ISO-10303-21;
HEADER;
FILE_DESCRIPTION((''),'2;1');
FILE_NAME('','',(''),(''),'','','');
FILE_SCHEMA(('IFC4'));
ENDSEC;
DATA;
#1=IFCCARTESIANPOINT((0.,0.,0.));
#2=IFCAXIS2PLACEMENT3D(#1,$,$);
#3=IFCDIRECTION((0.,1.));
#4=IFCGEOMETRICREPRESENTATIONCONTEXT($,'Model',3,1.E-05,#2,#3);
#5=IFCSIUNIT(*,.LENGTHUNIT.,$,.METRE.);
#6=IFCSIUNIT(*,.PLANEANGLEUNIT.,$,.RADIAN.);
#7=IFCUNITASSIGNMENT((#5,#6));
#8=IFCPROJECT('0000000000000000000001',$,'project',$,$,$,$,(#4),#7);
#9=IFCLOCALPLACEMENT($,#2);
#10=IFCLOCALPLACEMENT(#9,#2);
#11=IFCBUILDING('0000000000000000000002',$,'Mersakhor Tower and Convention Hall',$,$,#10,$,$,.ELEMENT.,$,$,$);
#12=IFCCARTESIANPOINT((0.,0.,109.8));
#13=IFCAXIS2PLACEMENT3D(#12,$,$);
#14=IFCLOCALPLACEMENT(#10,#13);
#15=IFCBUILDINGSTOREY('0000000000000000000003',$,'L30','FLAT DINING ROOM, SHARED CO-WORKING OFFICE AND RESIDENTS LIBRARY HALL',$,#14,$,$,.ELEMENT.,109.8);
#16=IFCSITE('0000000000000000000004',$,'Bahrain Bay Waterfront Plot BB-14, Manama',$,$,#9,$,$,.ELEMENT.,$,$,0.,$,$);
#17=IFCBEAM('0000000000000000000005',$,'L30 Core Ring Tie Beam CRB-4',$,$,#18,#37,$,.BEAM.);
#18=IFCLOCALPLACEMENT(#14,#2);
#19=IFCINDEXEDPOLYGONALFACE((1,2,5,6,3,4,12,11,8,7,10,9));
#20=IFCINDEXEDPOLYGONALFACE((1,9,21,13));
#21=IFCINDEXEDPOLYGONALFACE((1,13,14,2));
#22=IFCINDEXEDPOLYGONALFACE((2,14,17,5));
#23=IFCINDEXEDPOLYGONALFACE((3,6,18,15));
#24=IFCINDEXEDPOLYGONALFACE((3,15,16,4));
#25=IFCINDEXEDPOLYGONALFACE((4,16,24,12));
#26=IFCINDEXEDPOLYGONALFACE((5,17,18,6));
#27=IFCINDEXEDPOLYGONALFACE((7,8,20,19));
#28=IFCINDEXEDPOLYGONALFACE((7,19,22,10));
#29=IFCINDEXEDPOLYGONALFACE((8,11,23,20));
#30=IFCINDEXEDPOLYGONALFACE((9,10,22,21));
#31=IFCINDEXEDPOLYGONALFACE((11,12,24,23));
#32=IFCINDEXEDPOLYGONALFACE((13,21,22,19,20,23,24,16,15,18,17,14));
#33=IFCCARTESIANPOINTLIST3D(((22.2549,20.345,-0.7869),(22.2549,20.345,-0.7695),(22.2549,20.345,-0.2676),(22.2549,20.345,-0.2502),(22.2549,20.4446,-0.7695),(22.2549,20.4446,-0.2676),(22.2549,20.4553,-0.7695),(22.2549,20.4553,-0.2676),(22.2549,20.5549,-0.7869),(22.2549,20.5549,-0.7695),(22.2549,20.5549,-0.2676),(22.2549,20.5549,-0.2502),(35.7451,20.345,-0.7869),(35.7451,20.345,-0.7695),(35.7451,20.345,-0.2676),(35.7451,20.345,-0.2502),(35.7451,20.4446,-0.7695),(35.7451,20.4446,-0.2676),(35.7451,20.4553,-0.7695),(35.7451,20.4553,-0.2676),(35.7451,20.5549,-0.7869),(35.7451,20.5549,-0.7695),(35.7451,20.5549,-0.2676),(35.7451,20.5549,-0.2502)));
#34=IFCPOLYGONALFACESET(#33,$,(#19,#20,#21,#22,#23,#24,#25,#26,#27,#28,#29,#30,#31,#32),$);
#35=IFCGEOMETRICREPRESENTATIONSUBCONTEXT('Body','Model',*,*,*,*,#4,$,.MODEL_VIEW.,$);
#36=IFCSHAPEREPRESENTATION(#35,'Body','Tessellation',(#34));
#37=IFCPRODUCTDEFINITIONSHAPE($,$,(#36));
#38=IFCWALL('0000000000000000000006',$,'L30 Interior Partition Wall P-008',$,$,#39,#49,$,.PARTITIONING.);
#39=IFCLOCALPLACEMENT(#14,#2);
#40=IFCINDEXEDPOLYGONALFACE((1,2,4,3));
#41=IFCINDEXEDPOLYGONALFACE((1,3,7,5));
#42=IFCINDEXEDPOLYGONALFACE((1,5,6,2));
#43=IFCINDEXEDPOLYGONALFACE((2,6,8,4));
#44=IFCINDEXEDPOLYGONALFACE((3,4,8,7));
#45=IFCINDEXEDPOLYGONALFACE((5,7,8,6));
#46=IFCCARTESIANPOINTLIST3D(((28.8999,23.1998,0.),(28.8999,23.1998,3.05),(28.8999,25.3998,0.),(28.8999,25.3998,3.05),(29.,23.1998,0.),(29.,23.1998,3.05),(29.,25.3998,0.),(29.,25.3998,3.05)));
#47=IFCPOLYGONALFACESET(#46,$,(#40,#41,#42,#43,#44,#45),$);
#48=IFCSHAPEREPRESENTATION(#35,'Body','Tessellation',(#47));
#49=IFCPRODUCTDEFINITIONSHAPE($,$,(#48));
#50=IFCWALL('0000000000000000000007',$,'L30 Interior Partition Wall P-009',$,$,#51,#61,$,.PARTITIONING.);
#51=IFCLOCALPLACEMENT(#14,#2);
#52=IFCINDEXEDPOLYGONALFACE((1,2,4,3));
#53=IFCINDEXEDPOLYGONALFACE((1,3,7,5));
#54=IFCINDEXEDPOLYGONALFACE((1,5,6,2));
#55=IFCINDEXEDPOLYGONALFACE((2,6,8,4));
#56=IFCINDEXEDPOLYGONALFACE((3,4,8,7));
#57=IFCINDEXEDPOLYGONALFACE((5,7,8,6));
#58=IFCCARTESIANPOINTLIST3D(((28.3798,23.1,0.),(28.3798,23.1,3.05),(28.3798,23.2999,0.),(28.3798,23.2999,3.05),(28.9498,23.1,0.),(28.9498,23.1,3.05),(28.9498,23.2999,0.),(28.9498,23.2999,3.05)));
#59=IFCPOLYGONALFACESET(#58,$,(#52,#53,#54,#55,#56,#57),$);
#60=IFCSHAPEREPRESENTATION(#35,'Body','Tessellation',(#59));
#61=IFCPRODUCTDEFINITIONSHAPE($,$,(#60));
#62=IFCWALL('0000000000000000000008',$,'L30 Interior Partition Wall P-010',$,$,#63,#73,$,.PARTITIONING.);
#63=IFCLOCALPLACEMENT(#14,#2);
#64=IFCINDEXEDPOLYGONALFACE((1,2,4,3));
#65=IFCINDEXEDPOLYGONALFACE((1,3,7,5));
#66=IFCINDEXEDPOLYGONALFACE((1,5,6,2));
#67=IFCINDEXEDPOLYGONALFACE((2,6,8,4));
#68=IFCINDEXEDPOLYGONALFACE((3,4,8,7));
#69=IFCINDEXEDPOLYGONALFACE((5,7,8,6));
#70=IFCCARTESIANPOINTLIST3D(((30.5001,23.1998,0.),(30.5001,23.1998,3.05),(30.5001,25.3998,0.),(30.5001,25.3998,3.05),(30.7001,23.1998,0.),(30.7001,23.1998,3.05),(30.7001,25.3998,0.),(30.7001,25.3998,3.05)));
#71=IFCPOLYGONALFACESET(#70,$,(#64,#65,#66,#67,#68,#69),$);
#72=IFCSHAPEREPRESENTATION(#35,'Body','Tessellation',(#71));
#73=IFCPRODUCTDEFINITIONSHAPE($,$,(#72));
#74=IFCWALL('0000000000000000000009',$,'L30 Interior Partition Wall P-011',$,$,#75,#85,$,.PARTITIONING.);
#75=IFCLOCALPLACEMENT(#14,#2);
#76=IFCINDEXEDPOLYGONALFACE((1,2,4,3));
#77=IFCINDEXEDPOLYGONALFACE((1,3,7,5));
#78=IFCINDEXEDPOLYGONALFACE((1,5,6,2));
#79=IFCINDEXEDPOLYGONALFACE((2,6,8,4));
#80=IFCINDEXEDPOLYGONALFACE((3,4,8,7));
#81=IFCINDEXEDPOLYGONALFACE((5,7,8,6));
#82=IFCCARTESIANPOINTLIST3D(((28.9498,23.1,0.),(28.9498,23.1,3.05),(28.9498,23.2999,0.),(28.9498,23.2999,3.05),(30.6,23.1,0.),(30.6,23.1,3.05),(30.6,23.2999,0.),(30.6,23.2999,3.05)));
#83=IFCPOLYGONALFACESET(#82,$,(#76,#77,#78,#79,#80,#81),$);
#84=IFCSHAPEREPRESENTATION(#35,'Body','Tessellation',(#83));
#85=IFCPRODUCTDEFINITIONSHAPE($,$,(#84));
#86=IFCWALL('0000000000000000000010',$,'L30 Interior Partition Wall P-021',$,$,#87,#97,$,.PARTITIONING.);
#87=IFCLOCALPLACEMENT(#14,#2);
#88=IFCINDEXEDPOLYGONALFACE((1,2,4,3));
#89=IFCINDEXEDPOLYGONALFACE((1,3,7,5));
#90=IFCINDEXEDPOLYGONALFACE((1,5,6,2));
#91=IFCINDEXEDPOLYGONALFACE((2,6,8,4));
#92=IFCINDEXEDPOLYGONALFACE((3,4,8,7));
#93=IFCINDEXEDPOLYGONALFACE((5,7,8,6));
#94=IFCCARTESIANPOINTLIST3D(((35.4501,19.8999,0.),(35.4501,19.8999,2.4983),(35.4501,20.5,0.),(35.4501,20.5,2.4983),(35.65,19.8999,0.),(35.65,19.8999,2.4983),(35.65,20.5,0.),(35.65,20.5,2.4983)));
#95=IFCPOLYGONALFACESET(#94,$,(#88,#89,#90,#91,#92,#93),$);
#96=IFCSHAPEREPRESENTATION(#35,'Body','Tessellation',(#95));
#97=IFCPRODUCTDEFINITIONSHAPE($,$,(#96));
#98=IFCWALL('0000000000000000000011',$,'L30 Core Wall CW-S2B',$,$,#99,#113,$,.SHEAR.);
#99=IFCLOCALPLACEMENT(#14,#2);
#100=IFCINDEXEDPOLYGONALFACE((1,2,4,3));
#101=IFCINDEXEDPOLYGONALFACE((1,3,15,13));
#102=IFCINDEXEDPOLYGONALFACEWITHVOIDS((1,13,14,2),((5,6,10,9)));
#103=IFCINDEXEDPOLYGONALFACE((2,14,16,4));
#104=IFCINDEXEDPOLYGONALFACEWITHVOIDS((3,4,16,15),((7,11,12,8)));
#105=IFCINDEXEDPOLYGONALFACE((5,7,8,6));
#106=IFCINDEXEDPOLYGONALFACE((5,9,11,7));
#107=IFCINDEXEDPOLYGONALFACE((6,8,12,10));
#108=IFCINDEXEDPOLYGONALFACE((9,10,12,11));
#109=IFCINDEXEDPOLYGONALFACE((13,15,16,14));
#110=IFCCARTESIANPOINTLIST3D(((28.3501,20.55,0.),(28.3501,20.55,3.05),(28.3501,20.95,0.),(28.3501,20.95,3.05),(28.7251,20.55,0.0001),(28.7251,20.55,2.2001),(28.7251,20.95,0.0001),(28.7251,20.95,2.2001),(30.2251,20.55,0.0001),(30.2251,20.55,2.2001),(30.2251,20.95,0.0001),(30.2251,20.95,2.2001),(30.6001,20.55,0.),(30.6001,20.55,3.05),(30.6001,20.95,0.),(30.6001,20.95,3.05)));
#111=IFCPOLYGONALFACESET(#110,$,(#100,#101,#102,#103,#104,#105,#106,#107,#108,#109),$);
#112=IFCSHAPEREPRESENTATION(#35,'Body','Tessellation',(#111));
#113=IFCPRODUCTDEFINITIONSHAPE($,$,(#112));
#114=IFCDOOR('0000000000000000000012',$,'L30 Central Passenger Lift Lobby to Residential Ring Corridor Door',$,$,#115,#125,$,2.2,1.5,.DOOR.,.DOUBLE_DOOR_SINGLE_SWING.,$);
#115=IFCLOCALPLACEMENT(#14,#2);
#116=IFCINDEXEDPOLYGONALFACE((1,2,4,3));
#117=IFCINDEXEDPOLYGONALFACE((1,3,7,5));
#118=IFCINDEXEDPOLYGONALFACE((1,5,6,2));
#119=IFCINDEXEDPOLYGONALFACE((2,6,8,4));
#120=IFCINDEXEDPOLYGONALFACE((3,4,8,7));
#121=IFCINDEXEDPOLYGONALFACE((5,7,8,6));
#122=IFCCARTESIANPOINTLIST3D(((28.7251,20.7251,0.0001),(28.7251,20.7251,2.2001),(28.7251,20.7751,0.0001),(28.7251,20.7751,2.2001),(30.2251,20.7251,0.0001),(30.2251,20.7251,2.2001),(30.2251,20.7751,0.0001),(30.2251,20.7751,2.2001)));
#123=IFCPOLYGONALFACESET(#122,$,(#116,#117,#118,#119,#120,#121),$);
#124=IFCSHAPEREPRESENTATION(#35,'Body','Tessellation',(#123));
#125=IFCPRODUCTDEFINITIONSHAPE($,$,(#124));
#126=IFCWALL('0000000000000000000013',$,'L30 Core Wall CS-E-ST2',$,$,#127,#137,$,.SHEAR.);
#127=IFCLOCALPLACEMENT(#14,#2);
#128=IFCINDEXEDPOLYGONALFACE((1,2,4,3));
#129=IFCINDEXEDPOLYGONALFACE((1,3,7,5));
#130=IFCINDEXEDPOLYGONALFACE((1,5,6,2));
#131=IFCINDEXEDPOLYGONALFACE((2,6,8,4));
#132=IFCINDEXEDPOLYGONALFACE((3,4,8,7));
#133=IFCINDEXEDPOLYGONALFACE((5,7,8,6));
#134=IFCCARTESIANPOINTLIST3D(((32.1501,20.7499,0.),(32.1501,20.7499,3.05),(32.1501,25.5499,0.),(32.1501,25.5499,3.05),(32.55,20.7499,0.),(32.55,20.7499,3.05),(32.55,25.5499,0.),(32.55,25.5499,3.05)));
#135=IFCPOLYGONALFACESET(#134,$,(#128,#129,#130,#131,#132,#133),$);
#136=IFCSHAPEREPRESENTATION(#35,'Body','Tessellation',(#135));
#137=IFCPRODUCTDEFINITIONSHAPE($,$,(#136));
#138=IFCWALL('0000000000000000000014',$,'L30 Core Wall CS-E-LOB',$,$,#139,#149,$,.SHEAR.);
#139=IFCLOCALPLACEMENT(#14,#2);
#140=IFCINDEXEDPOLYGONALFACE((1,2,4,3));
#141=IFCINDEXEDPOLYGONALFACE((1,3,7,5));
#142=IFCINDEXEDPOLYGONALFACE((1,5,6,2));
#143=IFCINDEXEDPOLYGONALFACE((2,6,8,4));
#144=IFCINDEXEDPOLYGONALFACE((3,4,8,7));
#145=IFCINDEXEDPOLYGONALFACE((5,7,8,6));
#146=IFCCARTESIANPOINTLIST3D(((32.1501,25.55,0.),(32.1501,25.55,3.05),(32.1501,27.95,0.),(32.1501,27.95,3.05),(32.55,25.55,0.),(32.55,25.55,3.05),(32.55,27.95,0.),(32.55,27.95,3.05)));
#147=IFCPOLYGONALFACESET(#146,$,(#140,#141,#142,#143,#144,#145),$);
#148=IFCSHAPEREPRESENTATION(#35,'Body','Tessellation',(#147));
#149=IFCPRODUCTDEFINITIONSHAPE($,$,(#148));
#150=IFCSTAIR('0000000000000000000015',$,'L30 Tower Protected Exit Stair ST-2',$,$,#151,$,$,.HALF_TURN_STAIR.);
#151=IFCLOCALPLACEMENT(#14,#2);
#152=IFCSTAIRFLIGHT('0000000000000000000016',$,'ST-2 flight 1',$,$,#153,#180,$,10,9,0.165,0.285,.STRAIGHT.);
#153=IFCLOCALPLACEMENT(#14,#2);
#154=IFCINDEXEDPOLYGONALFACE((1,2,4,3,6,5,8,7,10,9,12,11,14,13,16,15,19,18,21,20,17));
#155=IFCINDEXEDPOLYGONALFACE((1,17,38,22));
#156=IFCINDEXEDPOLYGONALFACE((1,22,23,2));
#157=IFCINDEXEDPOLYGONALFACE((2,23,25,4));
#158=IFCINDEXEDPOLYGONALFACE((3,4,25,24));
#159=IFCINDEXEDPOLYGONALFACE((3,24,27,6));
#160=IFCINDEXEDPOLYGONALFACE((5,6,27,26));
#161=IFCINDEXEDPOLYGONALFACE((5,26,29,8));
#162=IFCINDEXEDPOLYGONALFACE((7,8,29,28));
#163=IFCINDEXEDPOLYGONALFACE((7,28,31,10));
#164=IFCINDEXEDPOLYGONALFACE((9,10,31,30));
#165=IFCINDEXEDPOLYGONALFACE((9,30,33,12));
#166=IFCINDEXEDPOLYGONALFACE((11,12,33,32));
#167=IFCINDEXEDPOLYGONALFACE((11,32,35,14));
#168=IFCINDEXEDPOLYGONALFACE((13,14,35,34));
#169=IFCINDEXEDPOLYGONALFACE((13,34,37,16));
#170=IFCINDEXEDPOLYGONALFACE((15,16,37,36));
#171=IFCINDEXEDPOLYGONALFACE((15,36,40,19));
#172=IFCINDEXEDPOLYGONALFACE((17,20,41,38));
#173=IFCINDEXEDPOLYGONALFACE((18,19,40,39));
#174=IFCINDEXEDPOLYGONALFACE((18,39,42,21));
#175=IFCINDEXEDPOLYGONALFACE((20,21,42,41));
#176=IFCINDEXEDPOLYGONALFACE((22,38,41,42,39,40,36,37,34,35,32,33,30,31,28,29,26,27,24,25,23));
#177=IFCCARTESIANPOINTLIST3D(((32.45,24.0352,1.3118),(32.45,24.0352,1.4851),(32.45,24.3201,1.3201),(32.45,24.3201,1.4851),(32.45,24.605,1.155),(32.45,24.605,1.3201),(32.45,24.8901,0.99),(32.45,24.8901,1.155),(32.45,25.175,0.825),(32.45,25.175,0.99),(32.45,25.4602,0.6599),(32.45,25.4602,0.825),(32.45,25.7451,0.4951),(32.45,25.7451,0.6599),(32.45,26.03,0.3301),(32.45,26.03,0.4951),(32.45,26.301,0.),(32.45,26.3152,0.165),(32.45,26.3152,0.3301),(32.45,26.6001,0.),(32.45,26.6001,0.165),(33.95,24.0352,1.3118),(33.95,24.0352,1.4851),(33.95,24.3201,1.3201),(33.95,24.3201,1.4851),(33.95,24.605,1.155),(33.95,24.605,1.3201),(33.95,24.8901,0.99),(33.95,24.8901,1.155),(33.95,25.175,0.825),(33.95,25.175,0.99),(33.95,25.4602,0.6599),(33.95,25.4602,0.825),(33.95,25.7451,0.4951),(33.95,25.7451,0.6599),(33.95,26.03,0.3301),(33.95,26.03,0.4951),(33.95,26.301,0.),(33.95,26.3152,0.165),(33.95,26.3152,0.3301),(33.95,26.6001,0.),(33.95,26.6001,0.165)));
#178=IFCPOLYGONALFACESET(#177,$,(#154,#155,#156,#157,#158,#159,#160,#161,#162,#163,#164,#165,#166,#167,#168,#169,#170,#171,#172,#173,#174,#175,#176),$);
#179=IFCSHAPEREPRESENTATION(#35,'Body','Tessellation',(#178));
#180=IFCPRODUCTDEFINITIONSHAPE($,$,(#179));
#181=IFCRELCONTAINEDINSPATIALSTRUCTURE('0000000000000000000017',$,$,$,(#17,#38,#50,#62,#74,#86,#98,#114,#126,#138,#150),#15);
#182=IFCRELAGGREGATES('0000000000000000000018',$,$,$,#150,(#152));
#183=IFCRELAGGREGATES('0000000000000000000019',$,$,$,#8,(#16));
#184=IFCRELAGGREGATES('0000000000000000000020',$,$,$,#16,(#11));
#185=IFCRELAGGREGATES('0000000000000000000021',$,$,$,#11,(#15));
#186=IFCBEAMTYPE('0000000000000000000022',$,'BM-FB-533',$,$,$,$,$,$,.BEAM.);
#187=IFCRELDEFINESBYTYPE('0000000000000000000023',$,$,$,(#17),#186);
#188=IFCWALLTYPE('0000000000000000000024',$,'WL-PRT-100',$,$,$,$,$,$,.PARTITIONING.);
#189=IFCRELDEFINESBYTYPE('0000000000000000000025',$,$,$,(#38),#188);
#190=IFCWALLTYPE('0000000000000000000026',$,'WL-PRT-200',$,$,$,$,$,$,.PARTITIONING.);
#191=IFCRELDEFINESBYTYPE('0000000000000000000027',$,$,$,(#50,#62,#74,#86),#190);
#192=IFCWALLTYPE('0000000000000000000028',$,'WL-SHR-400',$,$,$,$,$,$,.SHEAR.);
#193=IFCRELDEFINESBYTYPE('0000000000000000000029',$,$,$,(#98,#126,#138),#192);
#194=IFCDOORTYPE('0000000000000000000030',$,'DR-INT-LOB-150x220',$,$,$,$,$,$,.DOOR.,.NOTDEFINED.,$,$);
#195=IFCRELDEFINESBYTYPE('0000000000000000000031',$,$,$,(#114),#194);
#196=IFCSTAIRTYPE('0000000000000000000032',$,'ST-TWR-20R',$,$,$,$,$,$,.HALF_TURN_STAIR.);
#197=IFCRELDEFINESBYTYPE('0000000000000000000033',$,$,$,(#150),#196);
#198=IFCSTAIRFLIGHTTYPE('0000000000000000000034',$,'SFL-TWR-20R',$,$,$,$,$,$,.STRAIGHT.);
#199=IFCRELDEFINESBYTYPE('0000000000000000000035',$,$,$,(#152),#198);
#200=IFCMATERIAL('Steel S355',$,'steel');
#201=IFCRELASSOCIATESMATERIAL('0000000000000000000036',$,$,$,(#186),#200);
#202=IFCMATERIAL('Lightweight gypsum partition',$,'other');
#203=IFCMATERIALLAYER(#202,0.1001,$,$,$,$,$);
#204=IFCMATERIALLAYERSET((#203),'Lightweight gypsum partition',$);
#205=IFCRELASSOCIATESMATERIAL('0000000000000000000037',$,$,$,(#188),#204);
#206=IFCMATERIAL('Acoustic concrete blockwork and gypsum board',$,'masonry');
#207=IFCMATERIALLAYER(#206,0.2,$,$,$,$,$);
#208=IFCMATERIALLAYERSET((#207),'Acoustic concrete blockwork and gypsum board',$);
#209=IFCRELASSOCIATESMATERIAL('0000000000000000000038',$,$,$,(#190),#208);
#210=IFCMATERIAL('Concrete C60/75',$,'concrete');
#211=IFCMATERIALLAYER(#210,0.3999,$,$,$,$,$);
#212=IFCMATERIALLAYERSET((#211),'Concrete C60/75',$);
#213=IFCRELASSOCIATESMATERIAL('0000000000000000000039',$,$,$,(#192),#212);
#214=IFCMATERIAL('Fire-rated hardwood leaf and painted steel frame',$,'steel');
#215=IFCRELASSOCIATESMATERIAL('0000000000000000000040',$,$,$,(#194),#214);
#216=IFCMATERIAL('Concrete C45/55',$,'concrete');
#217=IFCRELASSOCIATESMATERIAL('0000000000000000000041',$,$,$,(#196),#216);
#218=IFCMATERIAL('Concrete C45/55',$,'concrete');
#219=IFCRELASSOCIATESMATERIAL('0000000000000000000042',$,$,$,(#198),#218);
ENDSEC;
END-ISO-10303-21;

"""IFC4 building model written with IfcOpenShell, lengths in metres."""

from ifc_helpers import new_model, si_unit, direction, frame, frame_2d, origin, origin_2d, place, context, subcontext, project, spatial, polyline, rectangle, i_section, outline, extrude, material, layer, layer_set, material_profile, profile_set, type_object, element, fill, aggregate, save


model = new_model("IFC4")

# Units and contexts
model_context = context("Model", 3, precision=1e-05, world=origin(), true_north=direction((0.0, 1.0)))
body_context = subcontext(model_context, "Body", "Model", "MODEL_VIEW")
ifc_project = project(units=[si_unit("LENGTHUNIT", "METRE"), si_unit("PLANEANGLEUNIT", "RADIAN")], contexts=[model_context])

# Site, building, storey
site_placement = place(None, origin())
site = spatial("IfcSite", under=ifc_project, at=site_placement, Name="Bahrain Bay Waterfront Plot BB-14, Manama", CompositionType="ELEMENT", RefElevation=0.0)
building_placement = place(site_placement, origin())
building = spatial("IfcBuilding", under=site, at=building_placement, Name="Mersakhor Tower and Convention Hall", CompositionType="ELEMENT")
storey_placement = place(building_placement, frame((0.0, 0.0, 109.8)))
storey = spatial("IfcBuildingStorey", under=building, at=storey_placement, Name="L30", Description="FLAT DINING ROOM, SHARED CO-WORKING OFFICE AND RESIDENTS LIBRARY HALL", CompositionType="ELEMENT", Elevation=109.8)

# Beam
ifc_material_1 = material(Name="Steel S355", Category="steel")
ifc_material_profile = material_profile(ifc_material_1, i_section(OverallWidth=0.21, OverallDepth=0.5366, WebThickness=0.0107, FlangeThickness=0.0173, at=origin_2d()), Name="UB 533x210x101")
ifc_profile_set = profile_set([ifc_material_profile], Name="Steel S355")
beam_type = type_object("IfcBeamType", Name="BM-FB-533", PredefinedType="BEAM", material=ifc_profile_set)
beam_placement = place(storey_placement, frame((35.7451, 20.45, -0.5186), z_axis=(-1.0, 0.0, 0.0), x_axis=(0.0, -1.0, 0.0)))
element("IfcBeam", 1, at=beam_placement, inside=storey, type_object=beam_type, Name="L30 Core Ring Tie Beam CRB-4", PredefinedType="BEAM", context=body_context, shape_type="SweptSolid", body=[
    extrude(i_section(OverallWidth=0.21, OverallDepth=0.5366, WebThickness=0.0107, FlangeThickness=0.0173, at=origin_2d()), origin(), (0.0, 0.0, 1.0), 13.4902),
])

# Walls
ifc_material_2 = material(Name="Lightweight gypsum partition", Category="other")
ifc_layer_1 = layer(ifc_material_2, 0.1001)
ifc_layer_set_1 = layer_set([ifc_layer_1], Name="Lightweight gypsum partition")
wall_type_1 = type_object("IfcWallType", Name="WL-PRT-100", PredefinedType="PARTITIONING", material=ifc_layer_set_1)
wall_1_placement = place(storey_placement, frame((28.95, 25.3999, 0.0), z_axis=(0.0, 0.0, 1.0), x_axis=(0.0, -1.0, 0.0)))
element("IfcWall", 2, at=wall_1_placement, inside=storey, type_object=wall_type_1, Name="L30 Interior Partition Wall P-008", PredefinedType="PARTITIONING", context=body_context, shape_type="SweptSolid", body=[
    extrude(rectangle(XDim=2.2, YDim=0.1001, at=frame_2d((1.1001, 0.0))), origin(), (0.0, 0.0, 1.0), 3.05),
])
ifc_material_3 = material(Name="Acoustic concrete blockwork and gypsum board", Category="masonry")
ifc_layer_2 = layer(ifc_material_3, 0.2)
ifc_layer_set_2 = layer_set([ifc_layer_2], Name="Acoustic concrete blockwork and gypsum board")
wall_type_2 = type_object("IfcWallType", Name="WL-PRT-200", PredefinedType="PARTITIONING", material=ifc_layer_set_2)
wall_2_placement = place(storey_placement, frame((28.95, 23.2, 0.0), z_axis=(0.0, 0.0, 1.0), x_axis=(-1.0, 0.0, 0.0)))
element("IfcWall", 3, at=wall_2_placement, inside=storey, type_object=wall_type_2, Name="L30 Interior Partition Wall P-009", PredefinedType="PARTITIONING", context=body_context, shape_type="SweptSolid", body=[
    extrude(rectangle(XDim=0.5701, YDim=0.2, at=frame_2d((0.2852, 0.0))), origin(), (0.0, 0.0, 1.0), 3.05),
])
wall_3_placement = place(storey_placement, frame((30.6001, 25.3999, 0.0), z_axis=(0.0, 0.0, 1.0), x_axis=(0.0, -1.0, 0.0)))
element("IfcWall", 4, at=wall_3_placement, inside=storey, type_object=wall_type_2, Name="L30 Interior Partition Wall P-010", PredefinedType="PARTITIONING", context=body_context, shape_type="SweptSolid", body=[
    extrude(rectangle(XDim=2.2, YDim=0.2, at=frame_2d((1.1001, 0.0))), origin(), (0.0, 0.0, 1.0), 3.05),
])
wall_4_placement = place(storey_placement, frame((30.6001, 23.2, 0.0), z_axis=(0.0, 0.0, 1.0), x_axis=(-1.0, 0.0, 0.0)))
element("IfcWall", 5, at=wall_4_placement, inside=storey, type_object=wall_type_2, Name="L30 Interior Partition Wall P-011", PredefinedType="PARTITIONING", context=body_context, shape_type="SweptSolid", body=[
    extrude(rectangle(XDim=1.6501, YDim=0.2, at=frame_2d((0.8252, 0.0))), origin(), (0.0, 0.0, 1.0), 3.05),
])
wall_5_placement = place(storey_placement, frame((35.55, 20.5, 0.0), z_axis=(0.0, 0.0, 1.0), x_axis=(0.0, -1.0, 0.0)))
element("IfcWall", 6, at=wall_5_placement, inside=storey, type_object=wall_type_2, Name="L30 Interior Partition Wall P-021", PredefinedType="PARTITIONING", context=body_context, shape_type="SweptSolid", body=[
    extrude(rectangle(XDim=0.6001, YDim=0.2, at=frame_2d((0.3, 0.0))), origin(), (0.0, 0.0, 1.0), 2.4983),
])

# Wall, opening, door
ifc_material_4 = material(Name="Concrete C60/75", Category="concrete")
ifc_layer_3 = layer(ifc_material_4, 0.3999)
ifc_layer_set_3 = layer_set([ifc_layer_3], Name="Concrete C60/75")
wall_type_3 = type_object("IfcWallType", Name="WL-SHR-400", PredefinedType="SHEAR", material=ifc_layer_set_3)
wall_6_placement = place(storey_placement, frame((30.6001, 20.75, 0.0), z_axis=(0.0, 0.0, 1.0), x_axis=(-1.0, 0.0, 0.0)))
wall_6 = element("IfcWall", 7, at=wall_6_placement, inside=storey, type_object=wall_type_3, Name="L30 Core Wall CW-S2B", PredefinedType="SHEAR", context=body_context, shape_type="SweptSolid", body=[
    extrude(rectangle(XDim=2.25, YDim=0.3999, at=frame_2d((1.125, 0.0))), origin(), (0.0, 0.0, 1.0), 3.05),
])
opening_1_placement = place(wall_6_placement, frame((0.375, 0.0, 0.0)))
opening_1 = element("IfcOpeningElement", 8, at=opening_1_placement, cuts=wall_6, PredefinedType="OPENING", context=body_context, shape_type="SweptSolid", body=[
    extrude(rectangle(XDim=1.5, YDim=2.2, at=frame_2d((0.75, 1.1001))), frame((0.0, 0.21, 0.0), z_axis=(0.0, -1.0, 0.0), x_axis=(1.0, 0.0, 0.0)), (0.0, 0.0, 1.0), 0.4199),
])
ifc_material_5 = material(Name="Fire-rated hardwood leaf and painted steel frame", Category="steel")
door_type_1 = type_object("IfcDoorType", Name="DR-INT-LOB-150x220", OperationType="NOTDEFINED", PredefinedType="DOOR", material=ifc_material_5)
door_1_placement = place(opening_1_placement, origin())
door_1 = element("IfcDoor", 9, at=door_1_placement, inside=storey, type_object=door_type_1, Name="L30 Central Passenger Lift Lobby to Residential Ring Corridor Door", OperationType="DOUBLE_DOOR_SINGLE_SWING", OverallHeight=2.2, OverallWidth=1.5, PredefinedType="DOOR", context=body_context, shape_type="SweptSolid", body=[
    extrude(rectangle(XDim=1.5, YDim=2.2, at=frame_2d((0.75, 1.1001))), frame((0.0, 0.0249, 0.0), z_axis=(0.0, -1.0, 0.0), x_axis=(1.0, 0.0, 0.0)), (0.0, 0.0, 1.0), 0.05),
])
fill(opening_1, door_1)

# Walls
wall_7_placement = place(storey_placement, frame((32.3501, 20.75, 0.0), z_axis=(0.0, 0.0, 1.0), x_axis=(0.0, 1.0, 0.0)))
element("IfcWall", 10, at=wall_7_placement, inside=storey, type_object=wall_type_3, Name="L30 Core Wall CS-E-ST2", PredefinedType="SHEAR", context=body_context, shape_type="SweptSolid", body=[
    extrude(rectangle(XDim=4.8, YDim=0.3999, at=frame_2d((2.3999, 0.0))), origin(), (0.0, 0.0, 1.0), 3.05),
])
wall_8_placement = place(storey_placement, frame((32.3501, 25.55, 0.0), z_axis=(0.0, 0.0, 1.0), x_axis=(0.0, 1.0, 0.0)))
element("IfcWall", 11, at=wall_8_placement, inside=storey, type_object=wall_type_3, Name="L30 Core Wall CS-E-LOB", PredefinedType="SHEAR", context=body_context, shape_type="SweptSolid", body=[
    extrude(rectangle(XDim=2.3999, YDim=0.3999, at=frame_2d((1.2, 0.0))), origin(), (0.0, 0.0, 1.0), 3.05),
])

# Stair, stair flight
ifc_material_6 = material(Name="Concrete C45/55", Category="concrete")
stair_type = type_object("IfcStairType", Name="ST-TWR-20R", PredefinedType="HALF_TURN_STAIR", material=ifc_material_6)
stair_placement = place(storey_placement, origin())
stair = element("IfcStair", 12, at=stair_placement, inside=storey, type_object=stair_type, Name="L30 Tower Protected Exit Stair ST-2", PredefinedType="HALF_TURN_STAIR")
ifc_material_7 = material(Name="Concrete C45/55", Category="concrete")
stair_flight_type = type_object("IfcStairFlightType", Name="SFL-TWR-20R", PredefinedType="STRAIGHT", material=ifc_material_7)
stair_flight_1_placement = place(storey_placement, frame((33.2, 26.6001, 0.0), z_axis=(0.0, 0.0, 1.0), x_axis=(0.0, -1.0, 0.0)))
stair_flight_1 = element("IfcStairFlight", 13, at=stair_flight_1_placement, type_object=stair_flight_type, Name="ST-2 flight 1", NumberOfRisers=10, NumberOfTreads=9, PredefinedType="STRAIGHT", RiserHeight=0.165, TreadLength=0.285, context=body_context, shape_type="SweptSolid", body=[
    extrude(outline(polyline([(0.0, 0.0), (0.0, 0.165), (0.2849, 0.165), (0.2849, 0.3301), (0.5701, 0.3301), (0.5701, 0.4951), (0.855, 0.4951), (0.855, 0.6599), (1.1399, 0.6599), (1.1399, 0.825), (1.425, 0.825), (1.425, 0.99), (1.71, 0.99), (1.71, 1.155), (1.9951, 1.155), (1.9951, 1.3201), (2.28, 1.3201), (2.28, 1.4851), (2.5649, 1.4851), (2.5649, 1.6499), (2.5649, 1.3118), (0.2991, 0.0), (0.0, 0.0)])), frame((0.0, 0.75, 0.0), z_axis=(0.0, -1.0, 0.0), x_axis=(1.0, 0.0, 0.0)), (0.0, 0.0, 1.0), 1.5),
])
aggregate(stair, [stair_flight_1])

save(model, "model.ifc")
